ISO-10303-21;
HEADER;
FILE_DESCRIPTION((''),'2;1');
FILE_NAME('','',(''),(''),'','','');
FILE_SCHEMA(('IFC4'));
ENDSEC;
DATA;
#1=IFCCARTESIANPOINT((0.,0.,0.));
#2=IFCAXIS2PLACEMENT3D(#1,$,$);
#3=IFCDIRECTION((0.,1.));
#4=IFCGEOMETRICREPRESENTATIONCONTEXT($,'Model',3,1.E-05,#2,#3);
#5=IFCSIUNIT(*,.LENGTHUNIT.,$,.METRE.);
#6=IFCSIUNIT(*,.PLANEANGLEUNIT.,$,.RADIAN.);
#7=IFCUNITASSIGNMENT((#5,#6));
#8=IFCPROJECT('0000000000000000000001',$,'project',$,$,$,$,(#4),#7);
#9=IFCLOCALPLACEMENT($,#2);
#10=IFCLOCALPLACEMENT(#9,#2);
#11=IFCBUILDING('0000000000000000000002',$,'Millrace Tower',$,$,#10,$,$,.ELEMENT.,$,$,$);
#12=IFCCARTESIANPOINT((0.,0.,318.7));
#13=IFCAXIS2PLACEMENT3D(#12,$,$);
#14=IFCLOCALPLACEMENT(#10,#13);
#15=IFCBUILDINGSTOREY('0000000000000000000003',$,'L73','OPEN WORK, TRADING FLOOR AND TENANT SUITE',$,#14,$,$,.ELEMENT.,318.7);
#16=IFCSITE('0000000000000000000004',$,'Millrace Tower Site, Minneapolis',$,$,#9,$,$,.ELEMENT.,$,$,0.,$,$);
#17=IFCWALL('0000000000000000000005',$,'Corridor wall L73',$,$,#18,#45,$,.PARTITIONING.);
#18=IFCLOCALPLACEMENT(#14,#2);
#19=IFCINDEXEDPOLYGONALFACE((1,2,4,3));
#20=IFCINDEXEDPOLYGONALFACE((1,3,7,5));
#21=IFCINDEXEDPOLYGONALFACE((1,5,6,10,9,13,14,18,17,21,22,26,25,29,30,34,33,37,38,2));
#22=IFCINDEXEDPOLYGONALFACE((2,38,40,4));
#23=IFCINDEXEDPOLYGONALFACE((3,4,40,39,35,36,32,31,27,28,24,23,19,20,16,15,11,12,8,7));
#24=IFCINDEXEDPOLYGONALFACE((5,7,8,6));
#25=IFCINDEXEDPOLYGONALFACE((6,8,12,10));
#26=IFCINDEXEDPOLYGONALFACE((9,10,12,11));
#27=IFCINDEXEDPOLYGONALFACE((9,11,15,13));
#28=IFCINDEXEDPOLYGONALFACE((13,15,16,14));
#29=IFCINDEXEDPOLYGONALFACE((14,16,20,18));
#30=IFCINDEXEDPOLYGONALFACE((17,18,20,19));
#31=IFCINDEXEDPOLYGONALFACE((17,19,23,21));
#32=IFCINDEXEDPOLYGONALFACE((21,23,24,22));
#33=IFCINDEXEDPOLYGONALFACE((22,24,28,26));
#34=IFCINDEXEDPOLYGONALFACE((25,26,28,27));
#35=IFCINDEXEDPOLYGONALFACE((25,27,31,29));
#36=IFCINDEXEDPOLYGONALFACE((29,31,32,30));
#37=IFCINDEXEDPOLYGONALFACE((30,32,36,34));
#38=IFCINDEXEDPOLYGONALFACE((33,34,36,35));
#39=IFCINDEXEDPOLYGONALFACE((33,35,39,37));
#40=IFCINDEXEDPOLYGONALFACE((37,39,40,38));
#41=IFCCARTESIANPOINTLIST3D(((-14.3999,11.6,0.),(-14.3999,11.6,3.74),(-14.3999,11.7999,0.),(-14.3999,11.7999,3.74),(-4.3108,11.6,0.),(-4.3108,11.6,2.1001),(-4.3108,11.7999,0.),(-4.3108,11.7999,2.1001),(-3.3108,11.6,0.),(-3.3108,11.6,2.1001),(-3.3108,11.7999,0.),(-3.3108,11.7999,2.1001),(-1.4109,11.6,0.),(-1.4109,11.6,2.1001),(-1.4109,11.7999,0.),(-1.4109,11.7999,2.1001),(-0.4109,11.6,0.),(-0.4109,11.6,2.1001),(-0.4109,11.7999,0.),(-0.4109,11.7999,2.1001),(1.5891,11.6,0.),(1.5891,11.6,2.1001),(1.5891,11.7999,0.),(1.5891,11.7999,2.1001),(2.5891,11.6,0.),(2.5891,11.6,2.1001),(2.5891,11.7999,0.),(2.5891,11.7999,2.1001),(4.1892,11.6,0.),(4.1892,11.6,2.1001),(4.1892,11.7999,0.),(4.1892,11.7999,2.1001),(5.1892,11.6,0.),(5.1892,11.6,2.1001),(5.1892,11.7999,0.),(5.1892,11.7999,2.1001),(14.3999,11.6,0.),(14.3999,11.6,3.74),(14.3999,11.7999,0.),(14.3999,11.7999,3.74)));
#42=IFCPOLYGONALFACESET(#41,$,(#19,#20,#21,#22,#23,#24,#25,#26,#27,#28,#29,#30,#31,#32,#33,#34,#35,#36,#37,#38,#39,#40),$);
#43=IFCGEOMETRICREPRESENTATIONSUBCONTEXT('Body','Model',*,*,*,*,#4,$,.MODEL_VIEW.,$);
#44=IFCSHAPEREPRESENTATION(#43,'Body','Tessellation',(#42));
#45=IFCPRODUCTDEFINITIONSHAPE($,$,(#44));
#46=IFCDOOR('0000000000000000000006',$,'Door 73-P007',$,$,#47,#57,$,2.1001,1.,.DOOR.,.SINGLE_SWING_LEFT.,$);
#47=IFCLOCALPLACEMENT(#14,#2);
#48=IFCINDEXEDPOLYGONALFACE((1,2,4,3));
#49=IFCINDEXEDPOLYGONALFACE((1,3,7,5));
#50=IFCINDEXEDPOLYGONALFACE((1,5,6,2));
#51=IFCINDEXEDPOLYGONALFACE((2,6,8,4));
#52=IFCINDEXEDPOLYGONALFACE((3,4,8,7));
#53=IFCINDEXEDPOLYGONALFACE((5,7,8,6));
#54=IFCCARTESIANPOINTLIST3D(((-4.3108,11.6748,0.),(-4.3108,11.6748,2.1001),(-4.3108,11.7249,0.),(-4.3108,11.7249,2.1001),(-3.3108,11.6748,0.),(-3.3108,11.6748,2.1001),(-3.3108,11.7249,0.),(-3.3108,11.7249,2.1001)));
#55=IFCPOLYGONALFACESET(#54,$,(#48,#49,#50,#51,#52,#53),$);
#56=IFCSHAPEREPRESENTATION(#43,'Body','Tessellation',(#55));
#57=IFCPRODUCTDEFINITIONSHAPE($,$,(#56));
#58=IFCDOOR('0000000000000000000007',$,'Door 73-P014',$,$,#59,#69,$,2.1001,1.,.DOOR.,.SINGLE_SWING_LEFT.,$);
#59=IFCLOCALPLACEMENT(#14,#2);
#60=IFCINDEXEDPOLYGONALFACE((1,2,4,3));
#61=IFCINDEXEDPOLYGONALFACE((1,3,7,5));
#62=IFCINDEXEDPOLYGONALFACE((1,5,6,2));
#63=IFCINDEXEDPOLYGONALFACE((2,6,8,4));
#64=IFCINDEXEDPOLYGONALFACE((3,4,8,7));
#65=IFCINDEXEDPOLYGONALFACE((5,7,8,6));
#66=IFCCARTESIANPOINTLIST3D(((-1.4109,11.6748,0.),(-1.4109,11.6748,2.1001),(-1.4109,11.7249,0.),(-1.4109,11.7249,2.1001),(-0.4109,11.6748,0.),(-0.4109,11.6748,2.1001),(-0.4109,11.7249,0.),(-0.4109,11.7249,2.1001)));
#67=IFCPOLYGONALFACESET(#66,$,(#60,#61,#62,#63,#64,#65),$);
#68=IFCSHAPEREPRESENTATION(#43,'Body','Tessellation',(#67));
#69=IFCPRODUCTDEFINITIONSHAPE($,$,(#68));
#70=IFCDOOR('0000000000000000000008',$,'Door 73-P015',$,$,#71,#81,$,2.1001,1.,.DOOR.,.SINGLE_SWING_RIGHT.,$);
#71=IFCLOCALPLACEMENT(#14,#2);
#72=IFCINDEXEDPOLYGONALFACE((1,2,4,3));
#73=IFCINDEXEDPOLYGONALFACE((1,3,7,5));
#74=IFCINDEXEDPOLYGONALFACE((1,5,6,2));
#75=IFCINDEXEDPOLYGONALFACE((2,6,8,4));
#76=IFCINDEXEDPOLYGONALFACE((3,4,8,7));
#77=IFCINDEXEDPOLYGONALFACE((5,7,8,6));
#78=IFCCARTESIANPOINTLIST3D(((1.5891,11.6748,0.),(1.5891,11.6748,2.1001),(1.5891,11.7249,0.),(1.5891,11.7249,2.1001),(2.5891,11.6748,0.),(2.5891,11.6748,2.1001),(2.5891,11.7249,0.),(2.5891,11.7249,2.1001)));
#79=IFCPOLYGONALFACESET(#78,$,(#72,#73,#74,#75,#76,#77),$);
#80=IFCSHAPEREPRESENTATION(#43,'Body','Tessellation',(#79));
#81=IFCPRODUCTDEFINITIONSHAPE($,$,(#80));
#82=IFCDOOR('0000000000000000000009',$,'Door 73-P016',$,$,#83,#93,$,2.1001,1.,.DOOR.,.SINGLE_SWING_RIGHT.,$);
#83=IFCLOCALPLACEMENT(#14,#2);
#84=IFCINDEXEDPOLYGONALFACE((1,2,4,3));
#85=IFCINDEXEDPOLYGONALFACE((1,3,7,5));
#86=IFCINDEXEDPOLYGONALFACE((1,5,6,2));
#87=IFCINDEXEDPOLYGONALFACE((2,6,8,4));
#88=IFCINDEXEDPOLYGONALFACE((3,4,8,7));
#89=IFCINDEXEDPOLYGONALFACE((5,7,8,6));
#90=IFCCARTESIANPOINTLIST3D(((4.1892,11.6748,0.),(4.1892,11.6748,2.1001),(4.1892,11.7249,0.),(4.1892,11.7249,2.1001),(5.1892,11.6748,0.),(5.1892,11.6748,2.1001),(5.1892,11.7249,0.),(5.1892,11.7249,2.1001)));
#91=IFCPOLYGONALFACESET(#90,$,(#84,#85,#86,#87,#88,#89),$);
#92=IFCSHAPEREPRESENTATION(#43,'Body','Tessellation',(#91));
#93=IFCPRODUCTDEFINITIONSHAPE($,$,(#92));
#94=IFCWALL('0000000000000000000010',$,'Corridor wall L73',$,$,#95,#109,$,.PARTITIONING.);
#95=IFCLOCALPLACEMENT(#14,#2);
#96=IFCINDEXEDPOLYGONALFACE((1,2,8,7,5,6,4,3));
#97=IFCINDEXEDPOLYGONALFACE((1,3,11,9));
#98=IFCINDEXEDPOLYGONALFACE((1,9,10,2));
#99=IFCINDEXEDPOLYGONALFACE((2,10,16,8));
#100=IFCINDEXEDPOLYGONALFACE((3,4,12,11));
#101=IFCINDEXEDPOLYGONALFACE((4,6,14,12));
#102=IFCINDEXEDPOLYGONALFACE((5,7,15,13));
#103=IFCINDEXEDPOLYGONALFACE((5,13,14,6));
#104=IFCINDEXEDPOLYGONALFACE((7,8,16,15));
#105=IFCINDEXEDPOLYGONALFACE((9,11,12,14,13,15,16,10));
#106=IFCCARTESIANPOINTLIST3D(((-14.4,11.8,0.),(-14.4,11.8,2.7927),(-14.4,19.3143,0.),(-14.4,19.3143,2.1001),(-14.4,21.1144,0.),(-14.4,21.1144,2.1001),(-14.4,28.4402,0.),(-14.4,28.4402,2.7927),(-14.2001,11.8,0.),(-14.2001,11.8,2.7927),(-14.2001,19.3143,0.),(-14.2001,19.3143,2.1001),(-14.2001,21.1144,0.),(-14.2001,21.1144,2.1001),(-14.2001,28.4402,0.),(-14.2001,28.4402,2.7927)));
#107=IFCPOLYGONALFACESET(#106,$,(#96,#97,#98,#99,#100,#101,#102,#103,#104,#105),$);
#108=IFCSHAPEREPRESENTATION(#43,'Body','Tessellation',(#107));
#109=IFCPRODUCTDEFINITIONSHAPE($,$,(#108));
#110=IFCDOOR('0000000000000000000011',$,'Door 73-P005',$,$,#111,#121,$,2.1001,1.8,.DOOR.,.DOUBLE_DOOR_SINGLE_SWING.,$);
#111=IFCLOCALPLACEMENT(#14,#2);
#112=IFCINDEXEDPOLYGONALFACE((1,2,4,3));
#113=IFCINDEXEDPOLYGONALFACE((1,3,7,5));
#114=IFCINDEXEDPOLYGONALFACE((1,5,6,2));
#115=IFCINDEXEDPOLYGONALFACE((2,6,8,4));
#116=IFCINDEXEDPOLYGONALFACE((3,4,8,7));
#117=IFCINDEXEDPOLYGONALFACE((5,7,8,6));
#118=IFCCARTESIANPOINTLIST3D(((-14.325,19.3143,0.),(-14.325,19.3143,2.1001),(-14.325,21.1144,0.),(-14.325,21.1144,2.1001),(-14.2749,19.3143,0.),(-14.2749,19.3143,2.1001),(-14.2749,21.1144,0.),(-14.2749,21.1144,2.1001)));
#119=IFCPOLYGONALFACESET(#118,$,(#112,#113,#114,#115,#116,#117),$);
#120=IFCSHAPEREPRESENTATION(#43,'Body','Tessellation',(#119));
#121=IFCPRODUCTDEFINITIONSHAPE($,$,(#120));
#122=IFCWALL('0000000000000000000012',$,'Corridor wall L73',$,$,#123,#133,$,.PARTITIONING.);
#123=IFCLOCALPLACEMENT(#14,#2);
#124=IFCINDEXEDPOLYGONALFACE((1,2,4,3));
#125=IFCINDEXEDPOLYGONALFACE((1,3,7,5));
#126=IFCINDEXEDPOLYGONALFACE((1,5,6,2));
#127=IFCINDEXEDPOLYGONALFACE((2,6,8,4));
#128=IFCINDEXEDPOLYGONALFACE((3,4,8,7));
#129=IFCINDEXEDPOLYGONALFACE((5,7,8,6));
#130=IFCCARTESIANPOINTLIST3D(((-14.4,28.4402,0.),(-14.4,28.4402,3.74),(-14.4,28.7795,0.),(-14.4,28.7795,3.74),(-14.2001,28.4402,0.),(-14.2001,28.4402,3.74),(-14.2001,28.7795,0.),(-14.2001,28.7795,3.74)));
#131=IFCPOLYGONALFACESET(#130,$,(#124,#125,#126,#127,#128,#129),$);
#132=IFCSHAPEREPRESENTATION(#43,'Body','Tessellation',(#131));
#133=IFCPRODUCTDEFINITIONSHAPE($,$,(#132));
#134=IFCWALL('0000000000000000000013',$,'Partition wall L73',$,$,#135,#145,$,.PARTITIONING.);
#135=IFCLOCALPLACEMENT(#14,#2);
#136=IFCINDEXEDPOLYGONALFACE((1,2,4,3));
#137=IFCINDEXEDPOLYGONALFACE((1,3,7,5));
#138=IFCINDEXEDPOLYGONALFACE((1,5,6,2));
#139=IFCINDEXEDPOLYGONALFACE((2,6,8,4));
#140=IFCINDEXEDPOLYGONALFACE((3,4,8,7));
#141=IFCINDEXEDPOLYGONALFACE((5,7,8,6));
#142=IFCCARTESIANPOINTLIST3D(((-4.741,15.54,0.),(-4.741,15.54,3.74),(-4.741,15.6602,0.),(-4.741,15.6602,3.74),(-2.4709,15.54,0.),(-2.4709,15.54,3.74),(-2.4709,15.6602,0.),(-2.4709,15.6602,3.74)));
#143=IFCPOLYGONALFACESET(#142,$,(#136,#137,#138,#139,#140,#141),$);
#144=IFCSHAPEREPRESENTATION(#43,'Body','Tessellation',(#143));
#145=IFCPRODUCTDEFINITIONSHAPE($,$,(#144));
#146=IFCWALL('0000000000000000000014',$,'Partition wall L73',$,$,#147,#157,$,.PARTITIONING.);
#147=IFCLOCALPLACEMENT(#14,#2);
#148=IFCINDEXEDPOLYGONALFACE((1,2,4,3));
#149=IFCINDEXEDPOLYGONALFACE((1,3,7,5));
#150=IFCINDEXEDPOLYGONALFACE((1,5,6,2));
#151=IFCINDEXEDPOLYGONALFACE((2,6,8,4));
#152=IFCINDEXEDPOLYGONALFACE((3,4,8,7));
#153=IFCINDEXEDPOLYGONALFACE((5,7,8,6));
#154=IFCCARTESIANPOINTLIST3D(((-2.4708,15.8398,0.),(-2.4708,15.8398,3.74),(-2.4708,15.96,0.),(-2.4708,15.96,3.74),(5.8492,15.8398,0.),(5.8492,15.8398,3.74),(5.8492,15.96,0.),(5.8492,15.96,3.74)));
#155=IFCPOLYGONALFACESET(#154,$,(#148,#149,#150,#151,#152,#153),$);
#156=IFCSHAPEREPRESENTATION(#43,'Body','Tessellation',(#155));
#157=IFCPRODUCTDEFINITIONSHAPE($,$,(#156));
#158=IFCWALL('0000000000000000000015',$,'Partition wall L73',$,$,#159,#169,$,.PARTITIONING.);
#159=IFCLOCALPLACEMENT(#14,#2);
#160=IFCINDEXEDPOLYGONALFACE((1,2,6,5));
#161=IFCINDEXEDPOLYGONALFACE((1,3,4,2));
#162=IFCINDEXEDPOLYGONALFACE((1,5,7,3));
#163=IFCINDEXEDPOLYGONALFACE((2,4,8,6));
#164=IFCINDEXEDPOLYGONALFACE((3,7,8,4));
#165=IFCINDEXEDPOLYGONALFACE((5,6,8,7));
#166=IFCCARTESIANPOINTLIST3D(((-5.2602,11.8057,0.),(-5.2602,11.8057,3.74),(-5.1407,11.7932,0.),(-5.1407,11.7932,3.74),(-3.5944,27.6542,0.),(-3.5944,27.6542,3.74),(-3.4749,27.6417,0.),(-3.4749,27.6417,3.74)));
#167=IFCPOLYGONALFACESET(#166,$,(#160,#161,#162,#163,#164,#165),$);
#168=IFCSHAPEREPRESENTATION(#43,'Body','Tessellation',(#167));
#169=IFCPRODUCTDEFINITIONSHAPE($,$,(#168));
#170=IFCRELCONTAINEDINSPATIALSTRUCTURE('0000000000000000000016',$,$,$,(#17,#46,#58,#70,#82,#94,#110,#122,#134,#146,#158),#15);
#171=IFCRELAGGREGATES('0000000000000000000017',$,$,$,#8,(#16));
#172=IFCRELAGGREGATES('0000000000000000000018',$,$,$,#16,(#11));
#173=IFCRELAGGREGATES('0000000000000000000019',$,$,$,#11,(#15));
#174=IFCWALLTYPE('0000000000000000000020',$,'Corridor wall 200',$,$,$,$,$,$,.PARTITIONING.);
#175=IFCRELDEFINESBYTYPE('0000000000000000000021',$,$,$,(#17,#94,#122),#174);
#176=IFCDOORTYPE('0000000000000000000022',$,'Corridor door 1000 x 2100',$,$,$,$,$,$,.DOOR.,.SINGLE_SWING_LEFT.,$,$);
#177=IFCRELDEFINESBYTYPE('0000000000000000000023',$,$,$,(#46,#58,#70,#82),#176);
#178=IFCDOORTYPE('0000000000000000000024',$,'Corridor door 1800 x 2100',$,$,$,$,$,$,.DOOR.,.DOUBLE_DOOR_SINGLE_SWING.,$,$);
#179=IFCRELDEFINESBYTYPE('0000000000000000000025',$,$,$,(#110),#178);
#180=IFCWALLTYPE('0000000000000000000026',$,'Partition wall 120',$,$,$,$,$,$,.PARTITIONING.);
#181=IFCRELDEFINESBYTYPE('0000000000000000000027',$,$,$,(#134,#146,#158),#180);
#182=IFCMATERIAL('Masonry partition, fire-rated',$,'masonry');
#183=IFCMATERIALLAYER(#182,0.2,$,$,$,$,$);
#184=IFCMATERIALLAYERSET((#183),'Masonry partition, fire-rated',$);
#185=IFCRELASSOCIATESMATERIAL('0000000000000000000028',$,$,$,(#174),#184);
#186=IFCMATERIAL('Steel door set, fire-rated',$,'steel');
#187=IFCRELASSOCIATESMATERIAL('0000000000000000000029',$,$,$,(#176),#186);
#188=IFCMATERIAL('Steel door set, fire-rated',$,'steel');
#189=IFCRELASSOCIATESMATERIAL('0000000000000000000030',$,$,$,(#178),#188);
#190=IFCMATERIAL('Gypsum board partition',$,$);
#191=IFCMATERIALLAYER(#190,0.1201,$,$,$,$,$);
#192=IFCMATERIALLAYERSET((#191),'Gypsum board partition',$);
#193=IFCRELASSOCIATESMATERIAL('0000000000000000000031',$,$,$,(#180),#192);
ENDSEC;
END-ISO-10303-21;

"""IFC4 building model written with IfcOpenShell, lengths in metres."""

from ifc_helpers import new_model, si_unit, direction, frame, frame_2d, origin, place, context, subcontext, project, spatial, rectangle, extrude, material, layer, layer_set, type_object, element, fill, save


model = new_model("IFC4")

# Units and contexts
model_context = context("Model", 3, precision=1e-05, world=origin(), true_north=direction((0.0, 1.0)))
body_context = subcontext(model_context, "Body", "Model", "MODEL_VIEW")
ifc_project = project(units=[si_unit("LENGTHUNIT", "METRE"), si_unit("PLANEANGLEUNIT", "RADIAN")], contexts=[model_context])

# Site, building, storey
site_placement = place(None, origin())
site = spatial("IfcSite", under=ifc_project, at=site_placement, Name="Millrace Tower Site, Minneapolis", CompositionType="ELEMENT", RefElevation=0.0)
building_placement = place(site_placement, origin())
building = spatial("IfcBuilding", under=site, at=building_placement, Name="Millrace Tower", CompositionType="ELEMENT")
storey_placement = place(building_placement, frame((0.0, 0.0, 318.7)))
storey = spatial("IfcBuildingStorey", under=building, at=storey_placement, Name="L73", Description="OPEN WORK, TRADING FLOOR AND TENANT SUITE", CompositionType="ELEMENT", Elevation=318.7)

# Wall, openings, doors
ifc_material_1 = material(Name="Masonry partition, fire-rated", Category="masonry")
ifc_layer_1 = layer(ifc_material_1, 0.2)
ifc_layer_set_1 = layer_set([ifc_layer_1], Name="Masonry partition, fire-rated")
wall_type_1 = type_object("IfcWallType", Name="Corridor wall 200", PredefinedType="PARTITIONING", material=ifc_layer_set_1)
wall_1_placement = place(storey_placement, frame((-14.3999, 11.7, 0.0), z_axis=(0.0, 0.0, 1.0), x_axis=(1.0, 0.0, 0.0)))
wall_1 = element("IfcWall", 1, at=wall_1_placement, inside=storey, type_object=wall_type_1, Name="Corridor wall L73", PredefinedType="PARTITIONING", context=body_context, shape_type="SweptSolid", body=[
    extrude(rectangle(XDim=28.7998, YDim=0.2, at=frame_2d((14.3999, 0.0))), origin(), (0.0, 0.0, 1.0), 3.74),
])
opening_1_placement = place(wall_1_placement, frame((10.0891, 0.0, 0.0)))
opening_1 = element("IfcOpeningElement", 2, at=opening_1_placement, cuts=wall_1, PredefinedType="OPENING", context=body_context, shape_type="SweptSolid", body=[
    extrude(rectangle(XDim=1.0, YDim=2.1001, at=frame_2d((0.5, 1.05))), frame((0.0, 0.1099, 0.0), z_axis=(0.0, -1.0, 0.0), x_axis=(1.0, 0.0, 0.0)), (0.0, 0.0, 1.0), 0.22),
])
opening_2_placement = place(wall_1_placement, frame((12.989, 0.0, 0.0)))
opening_2 = element("IfcOpeningElement", 3, at=opening_2_placement, cuts=wall_1, PredefinedType="OPENING", context=body_context, shape_type="SweptSolid", body=[
    extrude(rectangle(XDim=1.0, YDim=2.1001, at=frame_2d((0.5, 1.05))), frame((0.0, 0.1099, 0.0), z_axis=(0.0, -1.0, 0.0), x_axis=(1.0, 0.0, 0.0)), (0.0, 0.0, 1.0), 0.22),
])
opening_3_placement = place(wall_1_placement, frame((15.989, 0.0, 0.0)))
opening_3 = element("IfcOpeningElement", 4, at=opening_3_placement, cuts=wall_1, PredefinedType="OPENING", context=body_context, shape_type="SweptSolid", body=[
    extrude(rectangle(XDim=1.0, YDim=2.1001, at=frame_2d((0.5, 1.05))), frame((0.0, 0.1099, 0.0), z_axis=(0.0, -1.0, 0.0), x_axis=(1.0, 0.0, 0.0)), (0.0, 0.0, 1.0), 0.22),
])
opening_4_placement = place(wall_1_placement, frame((18.5891, 0.0, 0.0)))
opening_4 = element("IfcOpeningElement", 5, at=opening_4_placement, cuts=wall_1, PredefinedType="OPENING", context=body_context, shape_type="SweptSolid", body=[
    extrude(rectangle(XDim=1.0, YDim=2.1001, at=frame_2d((0.5, 1.05))), frame((0.0, 0.1099, 0.0), z_axis=(0.0, -1.0, 0.0), x_axis=(1.0, 0.0, 0.0)), (0.0, 0.0, 1.0), 0.22),
])
ifc_material_2 = material(Name="Steel door set, fire-rated", Category="steel")
door_type_1 = type_object("IfcDoorType", Name="Corridor door 1000 x 2100", OperationType="SINGLE_SWING_LEFT", PredefinedType="DOOR", material=ifc_material_2)
door_1_placement = place(opening_1_placement, origin())
door_1 = element("IfcDoor", 6, at=door_1_placement, inside=storey, type_object=door_type_1, Name="Door 73-P007", OperationType="SINGLE_SWING_LEFT", OverallHeight=2.1001, OverallWidth=1.0, PredefinedType="DOOR", context=body_context, shape_type="SweptSolid", body=[
    extrude(rectangle(XDim=1.0, YDim=2.1001, at=frame_2d((0.5, 1.05))), frame((0.0, 0.0249, 0.0), z_axis=(0.0, -1.0, 0.0), x_axis=(1.0, 0.0, 0.0)), (0.0, 0.0, 1.0), 0.05),
])
fill(opening_1, door_1)
door_2_placement = place(opening_2_placement, origin())
door_2 = element("IfcDoor", 7, at=door_2_placement, inside=storey, type_object=door_type_1, Name="Door 73-P014", OperationType="SINGLE_SWING_LEFT", OverallHeight=2.1001, OverallWidth=1.0, PredefinedType="DOOR", context=body_context, shape_type="SweptSolid", body=[
    extrude(rectangle(XDim=1.0, YDim=2.1001, at=frame_2d((0.5, 1.05))), frame((0.0, 0.0249, 0.0), z_axis=(0.0, -1.0, 0.0), x_axis=(1.0, 0.0, 0.0)), (0.0, 0.0, 1.0), 0.05),
])
fill(opening_2, door_2)
door_3_placement = place(opening_3_placement, origin())
door_3 = element("IfcDoor", 8, at=door_3_placement, inside=storey, type_object=door_type_1, Name="Door 73-P015", OperationType="SINGLE_SWING_RIGHT", OverallHeight=2.1001, OverallWidth=1.0, PredefinedType="DOOR", context=body_context, shape_type="SweptSolid", body=[
    extrude(rectangle(XDim=1.0, YDim=2.1001, at=frame_2d((0.5, 1.05))), frame((0.0, 0.0249, 0.0), z_axis=(0.0, -1.0, 0.0), x_axis=(1.0, 0.0, 0.0)), (0.0, 0.0, 1.0), 0.05),
])
fill(opening_3, door_3)
door_4_placement = place(opening_4_placement, origin())
door_4 = element("IfcDoor", 9, at=door_4_placement, inside=storey, type_object=door_type_1, Name="Door 73-P016", OperationType="SINGLE_SWING_RIGHT", OverallHeight=2.1001, OverallWidth=1.0, PredefinedType="DOOR", context=body_context, shape_type="SweptSolid", body=[
    extrude(rectangle(XDim=1.0, YDim=2.1001, at=frame_2d((0.5, 1.05))), frame((0.0, 0.0249, 0.0), z_axis=(0.0, -1.0, 0.0), x_axis=(1.0, 0.0, 0.0)), (0.0, 0.0, 1.0), 0.05),
])
fill(opening_4, door_4)

# Wall, opening, door
wall_2_placement = place(storey_placement, frame((-14.3, 11.8, 0.0), z_axis=(0.0, 0.0, 1.0), x_axis=(0.0, 1.0, 0.0)))
wall_2 = element("IfcWall", 10, at=wall_2_placement, inside=storey, type_object=wall_type_1, Name="Corridor wall L73", PredefinedType="PARTITIONING", context=body_context, shape_type="SweptSolid", body=[
    extrude(rectangle(XDim=16.6401, YDim=0.2, at=frame_2d((8.3201, 0.0))), origin(), (0.0, 0.0, 1.0), 2.7927),
])
opening_5_placement = place(wall_2_placement, frame((7.5144, 0.0, 0.0)))
opening_5 = element("IfcOpeningElement", 11, at=opening_5_placement, cuts=wall_2, PredefinedType="OPENING", context=body_context, shape_type="SweptSolid", body=[
    extrude(rectangle(XDim=1.8, YDim=2.1001, at=frame_2d((0.8999, 1.05))), frame((0.0, 0.1099, 0.0), z_axis=(0.0, -1.0, 0.0), x_axis=(1.0, 0.0, 0.0)), (0.0, 0.0, 1.0), 0.22),
])
ifc_material_3 = material(Name="Steel door set, fire-rated", Category="steel")
door_type_2 = type_object("IfcDoorType", Name="Corridor door 1800 x 2100", OperationType="DOUBLE_DOOR_SINGLE_SWING", PredefinedType="DOOR", material=ifc_material_3)
door_5_placement = place(opening_5_placement, origin())
door_5 = element("IfcDoor", 12, at=door_5_placement, inside=storey, type_object=door_type_2, Name="Door 73-P005", OperationType="DOUBLE_DOOR_SINGLE_SWING", OverallHeight=2.1001, OverallWidth=1.8, PredefinedType="DOOR", context=body_context, shape_type="SweptSolid", body=[
    extrude(rectangle(XDim=1.8, YDim=2.1001, at=frame_2d((0.8999, 1.05))), frame((0.0, 0.0249, 0.0), z_axis=(0.0, -1.0, 0.0), x_axis=(1.0, 0.0, 0.0)), (0.0, 0.0, 1.0), 0.05),
])
fill(opening_5, door_5)

# Walls
wall_3_placement = place(storey_placement, frame((-14.3, 28.4402, 0.0), z_axis=(0.0, 0.0, 1.0), x_axis=(0.0, 1.0, 0.0)))
element("IfcWall", 13, at=wall_3_placement, inside=storey, type_object=wall_type_1, Name="Corridor wall L73", PredefinedType="PARTITIONING", context=body_context, shape_type="SweptSolid", body=[
    extrude(rectangle(XDim=0.3394, YDim=0.2, at=frame_2d((0.1697, 0.0))), origin(), (0.0, 0.0, 1.0), 3.74),
])
ifc_material_4 = material(Name="Gypsum board partition")
ifc_layer_2 = layer(ifc_material_4, 0.1201)
ifc_layer_set_2 = layer_set([ifc_layer_2], Name="Gypsum board partition")
wall_type_2 = type_object("IfcWallType", Name="Partition wall 120", PredefinedType="PARTITIONING", material=ifc_layer_set_2)
wall_4_placement = place(storey_placement, frame((-4.741, 15.6001, 0.0), z_axis=(0.0, 0.0, 1.0), x_axis=(1.0, 0.0, 0.0)))
element("IfcWall", 14, at=wall_4_placement, inside=storey, type_object=wall_type_2, Name="Partition wall L73", PredefinedType="PARTITIONING", context=body_context, shape_type="SweptSolid", body=[
    extrude(rectangle(XDim=2.27, YDim=0.1201, at=frame_2d((1.135, 0.0))), origin(), (0.0, 0.0, 1.0), 3.74),
])
wall_5_placement = place(storey_placement, frame((-2.4709, 15.8999, 0.0), z_axis=(0.0, 0.0, 1.0), x_axis=(1.0, 0.0, 0.0)))
element("IfcWall", 15, at=wall_5_placement, inside=storey, type_object=wall_type_2, Name="Partition wall L73", PredefinedType="PARTITIONING", context=body_context, shape_type="SweptSolid", body=[
    extrude(rectangle(XDim=8.3201, YDim=0.1201, at=frame_2d((4.1602, 0.0))), origin(), (0.0, 0.0, 1.0), 3.74),
])
wall_6_placement = place(storey_placement, frame((-5.2004, 11.7996, 0.0), z_axis=(0.0, 0.0, 1.0), x_axis=(0.104531, 0.994522, 0.0)))
element("IfcWall", 16, at=wall_6_placement, inside=storey, type_object=wall_type_2, Name="Partition wall L73", PredefinedType="PARTITIONING", context=body_context, shape_type="SweptSolid", body=[
    extrude(rectangle(XDim=15.9358, YDim=0.1201, at=frame_2d((7.9678, 0.0))), origin(), (0.0, 0.0, 1.0), 3.74),
])

save(model, "model.ifc")
